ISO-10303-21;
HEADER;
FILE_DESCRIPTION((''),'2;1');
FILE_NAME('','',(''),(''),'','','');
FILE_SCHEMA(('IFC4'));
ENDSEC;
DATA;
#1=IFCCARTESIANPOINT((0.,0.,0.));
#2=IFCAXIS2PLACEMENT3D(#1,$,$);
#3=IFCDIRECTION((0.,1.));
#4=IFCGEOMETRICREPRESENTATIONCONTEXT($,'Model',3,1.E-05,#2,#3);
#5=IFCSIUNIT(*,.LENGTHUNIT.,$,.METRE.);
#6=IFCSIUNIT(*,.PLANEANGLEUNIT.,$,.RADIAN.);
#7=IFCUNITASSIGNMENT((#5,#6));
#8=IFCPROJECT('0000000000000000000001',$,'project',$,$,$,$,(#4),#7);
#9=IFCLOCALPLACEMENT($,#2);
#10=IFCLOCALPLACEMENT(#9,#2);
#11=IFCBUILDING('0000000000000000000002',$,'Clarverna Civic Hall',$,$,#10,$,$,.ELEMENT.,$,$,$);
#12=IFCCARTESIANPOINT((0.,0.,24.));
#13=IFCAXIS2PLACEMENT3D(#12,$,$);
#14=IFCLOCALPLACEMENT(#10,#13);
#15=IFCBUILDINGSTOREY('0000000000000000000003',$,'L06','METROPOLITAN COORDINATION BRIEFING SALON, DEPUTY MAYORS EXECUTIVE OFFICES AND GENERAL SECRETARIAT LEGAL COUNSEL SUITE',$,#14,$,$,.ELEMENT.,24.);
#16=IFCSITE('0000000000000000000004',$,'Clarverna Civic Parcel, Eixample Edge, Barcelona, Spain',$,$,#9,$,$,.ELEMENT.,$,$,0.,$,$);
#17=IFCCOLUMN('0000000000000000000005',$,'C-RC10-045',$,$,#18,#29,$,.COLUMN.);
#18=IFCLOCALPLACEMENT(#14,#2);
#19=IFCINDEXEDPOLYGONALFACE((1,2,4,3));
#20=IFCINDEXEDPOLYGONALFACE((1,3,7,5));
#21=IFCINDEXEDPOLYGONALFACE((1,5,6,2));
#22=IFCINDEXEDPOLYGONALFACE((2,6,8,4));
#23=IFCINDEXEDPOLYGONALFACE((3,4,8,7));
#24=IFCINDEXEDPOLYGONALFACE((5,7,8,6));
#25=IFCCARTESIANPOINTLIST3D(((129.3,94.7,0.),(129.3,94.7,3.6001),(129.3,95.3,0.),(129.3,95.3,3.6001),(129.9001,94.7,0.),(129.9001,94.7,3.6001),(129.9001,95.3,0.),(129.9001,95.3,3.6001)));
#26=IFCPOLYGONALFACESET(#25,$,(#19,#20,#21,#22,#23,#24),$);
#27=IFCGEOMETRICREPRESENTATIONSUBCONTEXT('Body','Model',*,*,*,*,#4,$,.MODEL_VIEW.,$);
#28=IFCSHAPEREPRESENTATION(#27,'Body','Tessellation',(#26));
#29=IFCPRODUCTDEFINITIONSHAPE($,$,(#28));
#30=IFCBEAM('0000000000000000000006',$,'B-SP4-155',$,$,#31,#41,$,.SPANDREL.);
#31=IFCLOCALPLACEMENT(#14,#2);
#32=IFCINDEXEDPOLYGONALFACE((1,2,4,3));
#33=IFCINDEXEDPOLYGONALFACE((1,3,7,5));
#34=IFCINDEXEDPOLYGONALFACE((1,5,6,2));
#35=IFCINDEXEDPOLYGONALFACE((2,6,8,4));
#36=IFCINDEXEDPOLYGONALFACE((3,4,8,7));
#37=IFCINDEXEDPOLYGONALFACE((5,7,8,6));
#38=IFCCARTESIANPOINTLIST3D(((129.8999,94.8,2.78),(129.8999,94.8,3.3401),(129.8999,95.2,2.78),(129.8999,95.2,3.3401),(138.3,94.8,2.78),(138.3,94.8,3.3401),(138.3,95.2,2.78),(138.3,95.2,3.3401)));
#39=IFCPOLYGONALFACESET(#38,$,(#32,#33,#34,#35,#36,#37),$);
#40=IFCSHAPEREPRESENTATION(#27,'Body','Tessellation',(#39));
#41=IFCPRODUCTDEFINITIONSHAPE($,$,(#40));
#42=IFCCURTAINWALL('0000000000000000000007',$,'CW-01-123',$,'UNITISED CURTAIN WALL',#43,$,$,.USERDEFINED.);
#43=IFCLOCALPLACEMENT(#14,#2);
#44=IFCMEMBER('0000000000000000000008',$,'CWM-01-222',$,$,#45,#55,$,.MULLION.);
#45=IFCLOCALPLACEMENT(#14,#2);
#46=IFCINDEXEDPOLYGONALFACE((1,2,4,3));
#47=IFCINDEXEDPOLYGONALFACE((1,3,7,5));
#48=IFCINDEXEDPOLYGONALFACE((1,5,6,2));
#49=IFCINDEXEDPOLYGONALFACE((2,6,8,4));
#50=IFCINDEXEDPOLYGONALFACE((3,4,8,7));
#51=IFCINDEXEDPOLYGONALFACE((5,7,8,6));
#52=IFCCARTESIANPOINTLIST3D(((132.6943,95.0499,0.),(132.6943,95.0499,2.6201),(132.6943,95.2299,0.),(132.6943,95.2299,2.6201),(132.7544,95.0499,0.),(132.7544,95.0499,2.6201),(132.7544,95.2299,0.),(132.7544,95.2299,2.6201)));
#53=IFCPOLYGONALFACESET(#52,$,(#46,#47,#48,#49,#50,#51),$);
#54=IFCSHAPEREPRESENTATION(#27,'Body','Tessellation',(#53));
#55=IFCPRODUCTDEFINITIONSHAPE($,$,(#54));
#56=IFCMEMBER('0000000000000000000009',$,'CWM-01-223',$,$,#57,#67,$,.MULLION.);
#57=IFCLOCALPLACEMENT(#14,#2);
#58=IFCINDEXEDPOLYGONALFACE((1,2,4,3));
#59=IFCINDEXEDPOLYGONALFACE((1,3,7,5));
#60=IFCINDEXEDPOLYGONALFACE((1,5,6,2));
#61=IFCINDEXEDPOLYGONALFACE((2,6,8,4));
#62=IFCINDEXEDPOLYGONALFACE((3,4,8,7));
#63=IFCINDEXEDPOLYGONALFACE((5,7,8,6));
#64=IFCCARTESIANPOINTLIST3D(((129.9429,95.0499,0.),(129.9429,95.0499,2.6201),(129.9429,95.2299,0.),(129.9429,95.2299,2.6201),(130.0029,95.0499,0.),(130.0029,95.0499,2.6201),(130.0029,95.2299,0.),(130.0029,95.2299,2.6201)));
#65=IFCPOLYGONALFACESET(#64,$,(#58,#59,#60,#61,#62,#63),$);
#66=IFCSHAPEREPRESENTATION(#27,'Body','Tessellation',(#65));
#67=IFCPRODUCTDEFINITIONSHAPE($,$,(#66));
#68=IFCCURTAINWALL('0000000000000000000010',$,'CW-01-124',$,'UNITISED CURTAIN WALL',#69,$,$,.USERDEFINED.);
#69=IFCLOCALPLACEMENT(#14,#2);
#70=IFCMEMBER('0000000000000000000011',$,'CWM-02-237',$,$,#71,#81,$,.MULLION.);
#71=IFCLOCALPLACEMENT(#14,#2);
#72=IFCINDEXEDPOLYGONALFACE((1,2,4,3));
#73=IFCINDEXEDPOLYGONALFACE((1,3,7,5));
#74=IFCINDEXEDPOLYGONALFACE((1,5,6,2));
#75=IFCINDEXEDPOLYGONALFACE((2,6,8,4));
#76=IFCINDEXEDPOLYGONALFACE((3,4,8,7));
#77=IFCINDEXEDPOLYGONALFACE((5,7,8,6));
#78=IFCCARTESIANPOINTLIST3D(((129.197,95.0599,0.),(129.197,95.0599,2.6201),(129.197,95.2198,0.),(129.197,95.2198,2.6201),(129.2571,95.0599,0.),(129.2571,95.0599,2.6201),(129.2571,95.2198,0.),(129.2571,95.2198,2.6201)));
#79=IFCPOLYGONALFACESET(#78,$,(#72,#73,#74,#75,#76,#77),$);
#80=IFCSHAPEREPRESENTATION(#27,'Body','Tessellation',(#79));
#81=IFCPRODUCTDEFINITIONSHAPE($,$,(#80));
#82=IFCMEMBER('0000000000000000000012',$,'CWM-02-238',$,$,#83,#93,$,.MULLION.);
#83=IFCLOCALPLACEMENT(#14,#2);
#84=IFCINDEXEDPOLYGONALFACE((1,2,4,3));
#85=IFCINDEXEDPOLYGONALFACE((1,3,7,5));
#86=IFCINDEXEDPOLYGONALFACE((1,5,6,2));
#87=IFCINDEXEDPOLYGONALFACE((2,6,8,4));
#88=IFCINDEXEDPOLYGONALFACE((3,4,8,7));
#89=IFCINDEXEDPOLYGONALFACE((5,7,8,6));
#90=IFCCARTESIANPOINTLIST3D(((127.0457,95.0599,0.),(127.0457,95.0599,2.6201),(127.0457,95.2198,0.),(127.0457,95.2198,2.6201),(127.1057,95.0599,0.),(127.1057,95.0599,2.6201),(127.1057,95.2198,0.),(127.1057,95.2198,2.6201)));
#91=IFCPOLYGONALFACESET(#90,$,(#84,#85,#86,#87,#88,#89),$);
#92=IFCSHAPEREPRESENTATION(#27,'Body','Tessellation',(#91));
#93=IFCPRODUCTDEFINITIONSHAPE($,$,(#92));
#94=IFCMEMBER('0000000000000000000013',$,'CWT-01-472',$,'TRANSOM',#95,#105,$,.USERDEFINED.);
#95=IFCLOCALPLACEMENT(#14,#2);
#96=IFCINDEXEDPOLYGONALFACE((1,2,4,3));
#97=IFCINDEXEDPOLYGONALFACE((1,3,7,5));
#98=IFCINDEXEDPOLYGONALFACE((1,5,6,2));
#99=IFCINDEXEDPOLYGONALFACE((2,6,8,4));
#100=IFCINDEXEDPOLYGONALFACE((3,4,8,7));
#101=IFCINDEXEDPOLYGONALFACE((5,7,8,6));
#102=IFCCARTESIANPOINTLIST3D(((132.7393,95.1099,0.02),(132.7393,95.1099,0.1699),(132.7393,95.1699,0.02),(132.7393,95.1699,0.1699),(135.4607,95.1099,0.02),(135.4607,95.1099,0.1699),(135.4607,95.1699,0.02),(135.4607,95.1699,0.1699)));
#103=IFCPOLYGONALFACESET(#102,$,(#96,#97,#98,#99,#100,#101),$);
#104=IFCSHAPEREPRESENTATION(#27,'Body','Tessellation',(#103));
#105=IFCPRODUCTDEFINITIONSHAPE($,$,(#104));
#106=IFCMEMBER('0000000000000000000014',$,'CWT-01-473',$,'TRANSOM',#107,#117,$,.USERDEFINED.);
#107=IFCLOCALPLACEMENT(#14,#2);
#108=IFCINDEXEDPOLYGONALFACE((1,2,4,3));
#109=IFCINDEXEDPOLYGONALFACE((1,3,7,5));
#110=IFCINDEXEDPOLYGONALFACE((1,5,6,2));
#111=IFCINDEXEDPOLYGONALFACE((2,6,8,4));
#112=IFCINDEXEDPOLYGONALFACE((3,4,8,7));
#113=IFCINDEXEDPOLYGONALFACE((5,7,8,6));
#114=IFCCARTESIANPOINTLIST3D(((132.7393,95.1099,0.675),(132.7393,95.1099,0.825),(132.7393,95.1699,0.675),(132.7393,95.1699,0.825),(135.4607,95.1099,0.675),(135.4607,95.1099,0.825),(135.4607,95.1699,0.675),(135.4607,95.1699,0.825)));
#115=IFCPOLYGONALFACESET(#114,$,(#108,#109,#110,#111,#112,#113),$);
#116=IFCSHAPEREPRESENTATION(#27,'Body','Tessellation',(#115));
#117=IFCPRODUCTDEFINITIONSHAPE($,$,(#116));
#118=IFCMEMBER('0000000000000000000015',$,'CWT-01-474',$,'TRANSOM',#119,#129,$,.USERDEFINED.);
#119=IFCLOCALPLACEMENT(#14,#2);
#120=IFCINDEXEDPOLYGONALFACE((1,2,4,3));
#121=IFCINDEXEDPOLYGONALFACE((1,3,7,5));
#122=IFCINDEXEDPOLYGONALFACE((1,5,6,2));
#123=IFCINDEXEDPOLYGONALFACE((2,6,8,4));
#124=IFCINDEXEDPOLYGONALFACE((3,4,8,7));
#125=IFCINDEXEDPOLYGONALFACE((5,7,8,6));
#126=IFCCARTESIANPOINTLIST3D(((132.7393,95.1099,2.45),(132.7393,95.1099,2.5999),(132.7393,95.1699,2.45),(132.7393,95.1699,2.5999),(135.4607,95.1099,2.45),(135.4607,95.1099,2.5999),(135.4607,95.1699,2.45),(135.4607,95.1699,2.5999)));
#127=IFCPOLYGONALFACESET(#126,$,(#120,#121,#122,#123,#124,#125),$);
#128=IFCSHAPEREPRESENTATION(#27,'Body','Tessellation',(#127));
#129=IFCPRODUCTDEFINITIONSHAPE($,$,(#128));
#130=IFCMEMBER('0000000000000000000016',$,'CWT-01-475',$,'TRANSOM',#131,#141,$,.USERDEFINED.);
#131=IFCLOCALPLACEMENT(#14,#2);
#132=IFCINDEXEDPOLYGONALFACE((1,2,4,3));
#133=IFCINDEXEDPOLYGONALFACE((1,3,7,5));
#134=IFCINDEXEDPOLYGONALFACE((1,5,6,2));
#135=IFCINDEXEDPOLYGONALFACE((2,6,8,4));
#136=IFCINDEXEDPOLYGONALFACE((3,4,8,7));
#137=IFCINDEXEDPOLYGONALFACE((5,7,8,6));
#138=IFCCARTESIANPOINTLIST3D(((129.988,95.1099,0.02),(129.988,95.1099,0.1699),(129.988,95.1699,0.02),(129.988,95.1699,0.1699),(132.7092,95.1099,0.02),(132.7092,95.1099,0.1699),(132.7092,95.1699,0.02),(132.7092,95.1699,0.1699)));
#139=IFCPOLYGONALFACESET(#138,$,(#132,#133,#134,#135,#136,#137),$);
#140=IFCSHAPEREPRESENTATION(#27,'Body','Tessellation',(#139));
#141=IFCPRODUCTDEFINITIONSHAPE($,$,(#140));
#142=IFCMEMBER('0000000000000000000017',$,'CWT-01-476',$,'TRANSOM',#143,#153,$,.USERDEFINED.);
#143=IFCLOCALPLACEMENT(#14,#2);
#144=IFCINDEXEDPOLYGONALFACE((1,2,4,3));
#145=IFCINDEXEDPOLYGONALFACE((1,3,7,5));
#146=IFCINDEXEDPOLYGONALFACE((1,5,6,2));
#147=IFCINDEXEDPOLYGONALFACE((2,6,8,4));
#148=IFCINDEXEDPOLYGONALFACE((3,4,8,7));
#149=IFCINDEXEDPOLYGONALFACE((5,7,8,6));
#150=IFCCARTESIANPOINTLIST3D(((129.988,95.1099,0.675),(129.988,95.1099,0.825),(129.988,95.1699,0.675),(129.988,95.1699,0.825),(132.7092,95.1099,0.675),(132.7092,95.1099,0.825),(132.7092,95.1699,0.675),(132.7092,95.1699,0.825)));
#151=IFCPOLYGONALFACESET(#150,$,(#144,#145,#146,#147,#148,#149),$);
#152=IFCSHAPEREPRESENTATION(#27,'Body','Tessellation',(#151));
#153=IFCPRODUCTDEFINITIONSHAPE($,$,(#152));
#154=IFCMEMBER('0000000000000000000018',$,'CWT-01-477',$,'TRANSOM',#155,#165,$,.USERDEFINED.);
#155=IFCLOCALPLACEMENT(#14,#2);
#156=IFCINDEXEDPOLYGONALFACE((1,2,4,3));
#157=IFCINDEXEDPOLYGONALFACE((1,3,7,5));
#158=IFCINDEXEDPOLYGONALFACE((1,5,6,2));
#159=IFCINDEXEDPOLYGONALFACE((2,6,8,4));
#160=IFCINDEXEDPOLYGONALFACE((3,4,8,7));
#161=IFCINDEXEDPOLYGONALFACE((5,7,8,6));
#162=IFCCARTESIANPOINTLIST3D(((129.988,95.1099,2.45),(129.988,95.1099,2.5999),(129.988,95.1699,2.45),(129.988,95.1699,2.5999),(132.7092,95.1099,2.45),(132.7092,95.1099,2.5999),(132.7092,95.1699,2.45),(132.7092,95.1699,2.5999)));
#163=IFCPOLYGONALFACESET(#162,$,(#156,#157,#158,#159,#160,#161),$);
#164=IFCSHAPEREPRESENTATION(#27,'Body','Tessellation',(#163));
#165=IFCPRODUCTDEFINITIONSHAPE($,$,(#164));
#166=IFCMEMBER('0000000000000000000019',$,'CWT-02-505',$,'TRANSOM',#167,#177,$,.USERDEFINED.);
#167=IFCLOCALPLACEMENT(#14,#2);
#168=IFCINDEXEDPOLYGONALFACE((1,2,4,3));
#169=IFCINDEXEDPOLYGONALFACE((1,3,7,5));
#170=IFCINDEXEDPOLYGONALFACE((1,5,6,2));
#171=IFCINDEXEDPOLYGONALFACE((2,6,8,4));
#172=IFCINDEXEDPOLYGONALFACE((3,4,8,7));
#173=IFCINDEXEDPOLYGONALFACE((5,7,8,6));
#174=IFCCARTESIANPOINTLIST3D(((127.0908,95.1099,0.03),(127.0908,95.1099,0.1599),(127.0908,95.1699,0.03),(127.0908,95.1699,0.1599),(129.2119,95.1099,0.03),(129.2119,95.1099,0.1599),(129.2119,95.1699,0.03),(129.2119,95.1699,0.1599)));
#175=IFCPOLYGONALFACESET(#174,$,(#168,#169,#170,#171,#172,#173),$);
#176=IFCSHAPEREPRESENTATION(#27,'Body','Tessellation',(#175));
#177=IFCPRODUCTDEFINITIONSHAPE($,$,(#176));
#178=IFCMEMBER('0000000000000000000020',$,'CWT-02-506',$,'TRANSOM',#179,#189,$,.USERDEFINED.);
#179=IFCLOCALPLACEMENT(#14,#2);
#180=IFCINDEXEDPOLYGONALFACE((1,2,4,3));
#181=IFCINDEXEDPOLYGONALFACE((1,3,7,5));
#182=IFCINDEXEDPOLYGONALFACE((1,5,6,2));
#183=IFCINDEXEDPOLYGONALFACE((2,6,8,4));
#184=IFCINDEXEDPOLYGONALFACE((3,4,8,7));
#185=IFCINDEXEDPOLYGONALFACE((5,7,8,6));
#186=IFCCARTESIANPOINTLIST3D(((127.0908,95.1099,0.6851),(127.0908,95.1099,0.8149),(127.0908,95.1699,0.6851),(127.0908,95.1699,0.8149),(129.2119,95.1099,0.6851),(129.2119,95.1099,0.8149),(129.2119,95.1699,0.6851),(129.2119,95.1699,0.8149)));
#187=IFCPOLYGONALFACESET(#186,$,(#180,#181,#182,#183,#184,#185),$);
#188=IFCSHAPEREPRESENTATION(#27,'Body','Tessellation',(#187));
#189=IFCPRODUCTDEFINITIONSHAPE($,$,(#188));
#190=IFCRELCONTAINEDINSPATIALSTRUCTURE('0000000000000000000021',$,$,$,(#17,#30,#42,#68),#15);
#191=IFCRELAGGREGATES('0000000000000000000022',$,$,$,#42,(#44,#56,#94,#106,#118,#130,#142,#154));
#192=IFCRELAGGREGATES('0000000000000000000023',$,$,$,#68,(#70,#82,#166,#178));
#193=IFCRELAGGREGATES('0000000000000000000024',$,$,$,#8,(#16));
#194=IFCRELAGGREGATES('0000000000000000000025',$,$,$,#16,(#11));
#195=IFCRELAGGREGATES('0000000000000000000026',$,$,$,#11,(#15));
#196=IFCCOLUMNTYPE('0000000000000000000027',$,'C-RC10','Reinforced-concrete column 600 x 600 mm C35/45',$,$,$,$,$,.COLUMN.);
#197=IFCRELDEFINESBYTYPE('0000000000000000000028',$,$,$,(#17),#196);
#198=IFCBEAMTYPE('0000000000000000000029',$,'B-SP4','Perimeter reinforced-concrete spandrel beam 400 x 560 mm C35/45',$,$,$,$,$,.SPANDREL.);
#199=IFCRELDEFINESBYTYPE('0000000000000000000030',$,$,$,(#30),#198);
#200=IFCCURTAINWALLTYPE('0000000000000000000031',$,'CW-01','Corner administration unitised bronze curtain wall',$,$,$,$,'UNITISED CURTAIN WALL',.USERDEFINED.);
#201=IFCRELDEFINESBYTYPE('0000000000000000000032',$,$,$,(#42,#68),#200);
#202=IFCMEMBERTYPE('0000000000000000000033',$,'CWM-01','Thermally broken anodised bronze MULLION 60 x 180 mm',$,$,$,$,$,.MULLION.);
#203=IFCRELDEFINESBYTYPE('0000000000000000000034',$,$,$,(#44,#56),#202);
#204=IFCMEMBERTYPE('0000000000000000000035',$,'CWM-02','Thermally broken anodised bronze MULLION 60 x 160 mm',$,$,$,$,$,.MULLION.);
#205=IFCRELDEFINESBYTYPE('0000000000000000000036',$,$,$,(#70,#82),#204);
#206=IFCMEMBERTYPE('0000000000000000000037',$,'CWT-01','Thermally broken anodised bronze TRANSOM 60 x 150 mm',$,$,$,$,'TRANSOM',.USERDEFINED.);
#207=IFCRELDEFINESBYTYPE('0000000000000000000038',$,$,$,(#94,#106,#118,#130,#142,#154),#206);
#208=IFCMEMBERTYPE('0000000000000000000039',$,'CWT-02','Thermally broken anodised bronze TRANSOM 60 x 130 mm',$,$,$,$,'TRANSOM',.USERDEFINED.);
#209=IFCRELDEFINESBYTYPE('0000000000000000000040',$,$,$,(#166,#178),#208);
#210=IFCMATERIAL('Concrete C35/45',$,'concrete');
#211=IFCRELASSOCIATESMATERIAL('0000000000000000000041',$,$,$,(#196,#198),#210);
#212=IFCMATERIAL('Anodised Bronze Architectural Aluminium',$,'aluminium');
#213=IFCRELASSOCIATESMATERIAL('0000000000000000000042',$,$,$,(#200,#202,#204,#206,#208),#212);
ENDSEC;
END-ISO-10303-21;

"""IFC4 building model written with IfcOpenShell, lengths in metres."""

from ifc_helpers import new_model, si_unit, direction, frame, origin, origin_2d, place, context, subcontext, project, spatial, rectangle, extrude, material, material_profile, profile_set, type_object, element, aggregate, save


model = new_model("IFC4")

# Units and contexts
model_context = context("Model", 3, precision=1e-05, world=origin(), true_north=direction((0.0, 1.0)))
body_context = subcontext(model_context, "Body", "Model", "MODEL_VIEW")
ifc_project = project(units=[si_unit("LENGTHUNIT", "METRE"), si_unit("PLANEANGLEUNIT", "RADIAN")], contexts=[model_context])

# Site, building, storey
site_placement = place(None, origin())
site = spatial("IfcSite", under=ifc_project, at=site_placement, Name="Clarverna Civic Parcel, Eixample Edge, Barcelona, Spain", CompositionType="ELEMENT", RefElevation=0.0)
building_placement = place(site_placement, origin())
building = spatial("IfcBuilding", under=site, at=building_placement, Name="Clarverna Civic Hall", CompositionType="ELEMENT")
storey_placement = place(building_placement, frame((0.0, 0.0, 24.0)))
storey = spatial("IfcBuildingStorey", under=building, at=storey_placement, Name="L06", Description="METROPOLITAN COORDINATION BRIEFING SALON, DEPUTY MAYORS EXECUTIVE OFFICES AND GENERAL SECRETARIAT LEGAL COUNSEL SUITE", CompositionType="ELEMENT", Elevation=24.0)

# Column
ifc_material_1 = material(Name="Concrete C35/45", Category="concrete")
ifc_material_profile_1 = material_profile(ifc_material_1, rectangle(XDim=0.6001, YDim=0.6001, at=origin_2d()), Name="RC 600x600")
ifc_profile_set_1 = profile_set([ifc_material_profile_1], Name="Concrete C35/45")
column_type = type_object("IfcColumnType", Name="C-RC10", Description="Reinforced-concrete column 600 x 600 mm C35/45", PredefinedType="COLUMN", material=ifc_profile_set_1)
column_placement = place(storey_placement, frame((129.6001, 95.0, 0.0), z_axis=(0.0, 0.0, 1.0), x_axis=(1.0, 0.0, 0.0)))
element("IfcColumn", 1, at=column_placement, inside=storey, type_object=column_type, Name="C-RC10-045", PredefinedType="COLUMN", context=body_context, shape_type="SweptSolid", body=[
    extrude(rectangle(XDim=0.6001, YDim=0.6001, at=origin_2d()), origin(), (0.0, 0.0, 1.0), 3.6001),
])

# Beam
ifc_material_profile_2 = material_profile(ifc_material_1, rectangle(XDim=0.3999, YDim=0.5601, at=origin_2d()), Name="RC 400x560")
ifc_profile_set_2 = profile_set([ifc_material_profile_2], Name="Concrete C35/45")
beam_type = type_object("IfcBeamType", Name="B-SP4", Description="Perimeter reinforced-concrete spandrel beam 400 x 560 mm C35/45", PredefinedType="SPANDREL", material=ifc_profile_set_2)
beam_placement = place(storey_placement, frame((129.8999, 95.0, 3.0601), z_axis=(1.0, 0.0, 0.0), x_axis=(0.0, 1.0, 0.0)))
element("IfcBeam", 2, at=beam_placement, inside=storey, type_object=beam_type, Name="B-SP4-155", PredefinedType="SPANDREL", context=body_context, shape_type="SweptSolid", body=[
    extrude(rectangle(XDim=0.3999, YDim=0.5601, at=origin_2d()), origin(), (0.0, 0.0, 1.0), 8.4001),
])

# Curtain walls, members
ifc_material_2 = material(Name="Anodised Bronze Architectural Aluminium", Category="aluminium")
curtain_wall_type = type_object("IfcCurtainWallType", Name="CW-01", Description="Corner administration unitised bronze curtain wall", ElementType="UNITISED CURTAIN WALL", PredefinedType="USERDEFINED", material=ifc_material_2)
curtain_wall_1_placement = place(storey_placement, origin())
curtain_wall_1 = element("IfcCurtainWall", 3, at=curtain_wall_1_placement, inside=storey, type_object=curtain_wall_type, Name="CW-01-123", ObjectType="UNITISED CURTAIN WALL", PredefinedType="USERDEFINED")
ifc_material_profile_3 = material_profile(ifc_material_2, rectangle(XDim=0.0601, YDim=0.1799, at=origin_2d()), Name="BRONZE 60x180")
ifc_profile_set_3 = profile_set([ifc_material_profile_3], Name="Anodised Bronze Architectural Aluminium")
member_type_1 = type_object("IfcMemberType", Name="CWM-01", Description="Thermally broken anodised bronze MULLION 60 x 180 mm", PredefinedType="MULLION", material=ifc_profile_set_3)
member_1_placement = place(storey_placement, frame((132.7244, 95.1399, 0.0), z_axis=(0.0, 0.0, 1.0), x_axis=(1.0, 0.0, 0.0)))
member_1 = element("IfcMember", 4, at=member_1_placement, type_object=member_type_1, Name="CWM-01-222", PredefinedType="MULLION", context=body_context, shape_type="SweptSolid", body=[
    extrude(rectangle(XDim=0.0601, YDim=0.1799, at=origin_2d()), origin(), (0.0, 0.0, 1.0), 2.6201),
])
member_2_placement = place(storey_placement, frame((129.9729, 95.1399, 0.0), z_axis=(0.0, 0.0, 1.0), x_axis=(1.0, 0.0, 0.0)))
member_2 = element("IfcMember", 5, at=member_2_placement, type_object=member_type_1, Name="CWM-01-223", PredefinedType="MULLION", context=body_context, shape_type="SweptSolid", body=[
    extrude(rectangle(XDim=0.0601, YDim=0.1799, at=origin_2d()), origin(), (0.0, 0.0, 1.0), 2.6201),
])
curtain_wall_2_placement = place(storey_placement, origin())
curtain_wall_2 = element("IfcCurtainWall", 6, at=curtain_wall_2_placement, inside=storey, type_object=curtain_wall_type, Name="CW-01-124", ObjectType="UNITISED CURTAIN WALL", PredefinedType="USERDEFINED")
ifc_material_profile_4 = material_profile(ifc_material_2, rectangle(XDim=0.0601, YDim=0.1599, at=origin_2d()), Name="BRONZE 60x160")
ifc_profile_set_4 = profile_set([ifc_material_profile_4], Name="Anodised Bronze Architectural Aluminium")
member_type_2 = type_object("IfcMemberType", Name="CWM-02", Description="Thermally broken anodised bronze MULLION 60 x 160 mm", PredefinedType="MULLION", material=ifc_profile_set_4)
member_3_placement = place(storey_placement, frame((129.2271, 95.1399, 0.0), z_axis=(0.0, 0.0, 1.0), x_axis=(1.0, 0.0, 0.0)))
member_3 = element("IfcMember", 7, at=member_3_placement, type_object=member_type_2, Name="CWM-02-237", PredefinedType="MULLION", context=body_context, shape_type="SweptSolid", body=[
    extrude(rectangle(XDim=0.0601, YDim=0.1599, at=origin_2d()), origin(), (0.0, 0.0, 1.0), 2.6201),
])
member_4_placement = place(storey_placement, frame((127.0757, 95.1399, 0.0), z_axis=(0.0, 0.0, 1.0), x_axis=(1.0, 0.0, 0.0)))
member_4 = element("IfcMember", 8, at=member_4_placement, type_object=member_type_2, Name="CWM-02-238", PredefinedType="MULLION", context=body_context, shape_type="SweptSolid", body=[
    extrude(rectangle(XDim=0.0601, YDim=0.1599, at=origin_2d()), origin(), (0.0, 0.0, 1.0), 2.6201),
])

# Members
ifc_material_profile_5 = material_profile(ifc_material_2, rectangle(XDim=0.0601, YDim=0.1499, at=origin_2d()), Name="BRONZE 60x150")
ifc_profile_set_5 = profile_set([ifc_material_profile_5], Name="Anodised Bronze Architectural Aluminium")
member_type_3 = type_object("IfcMemberType", Name="CWT-01", Description="Thermally broken anodised bronze TRANSOM 60 x 150 mm", ElementType="TRANSOM", PredefinedType="USERDEFINED", material=ifc_profile_set_5)
member_5_placement = place(storey_placement, frame((135.4607, 95.1399, 0.095), z_axis=(-1.0, 0.0, 0.0), x_axis=(0.0, -1.0, 0.0)))
member_5 = element("IfcMember", 9, at=member_5_placement, type_object=member_type_3, Name="CWT-01-472", ObjectType="TRANSOM", PredefinedType="USERDEFINED", context=body_context, shape_type="SweptSolid", body=[
    extrude(rectangle(XDim=0.0601, YDim=0.1499, at=origin_2d()), origin(), (0.0, 0.0, 1.0), 2.7214),
])
member_6_placement = place(storey_placement, frame((135.4607, 95.1399, 0.75), z_axis=(-1.0, 0.0, 0.0), x_axis=(0.0, -1.0, 0.0)))
member_6 = element("IfcMember", 10, at=member_6_placement, type_object=member_type_3, Name="CWT-01-473", ObjectType="TRANSOM", PredefinedType="USERDEFINED", context=body_context, shape_type="SweptSolid", body=[
    extrude(rectangle(XDim=0.0601, YDim=0.1499, at=origin_2d()), origin(), (0.0, 0.0, 1.0), 2.7214),
])
member_7_placement = place(storey_placement, frame((135.4607, 95.1399, 2.5249), z_axis=(-1.0, 0.0, 0.0), x_axis=(0.0, -1.0, 0.0)))
member_7 = element("IfcMember", 11, at=member_7_placement, type_object=member_type_3, Name="CWT-01-474", ObjectType="TRANSOM", PredefinedType="USERDEFINED", context=body_context, shape_type="SweptSolid", body=[
    extrude(rectangle(XDim=0.0601, YDim=0.1499, at=origin_2d()), origin(), (0.0, 0.0, 1.0), 2.7214),
])
member_8_placement = place(storey_placement, frame((132.7092, 95.1399, 0.095), z_axis=(-1.0, 0.0, 0.0), x_axis=(0.0, -1.0, 0.0)))
member_8 = element("IfcMember", 12, at=member_8_placement, type_object=member_type_3, Name="CWT-01-475", ObjectType="TRANSOM", PredefinedType="USERDEFINED", context=body_context, shape_type="SweptSolid", body=[
    extrude(rectangle(XDim=0.0601, YDim=0.1499, at=origin_2d()), origin(), (0.0, 0.0, 1.0), 2.7212),
])
member_9_placement = place(storey_placement, frame((132.7092, 95.1399, 0.75), z_axis=(-1.0, 0.0, 0.0), x_axis=(0.0, -1.0, 0.0)))
member_9 = element("IfcMember", 13, at=member_9_placement, type_object=member_type_3, Name="CWT-01-476", ObjectType="TRANSOM", PredefinedType="USERDEFINED", context=body_context, shape_type="SweptSolid", body=[
    extrude(rectangle(XDim=0.0601, YDim=0.1499, at=origin_2d()), origin(), (0.0, 0.0, 1.0), 2.7212),
])
member_10_placement = place(storey_placement, frame((132.7092, 95.1399, 2.5249), z_axis=(-1.0, 0.0, 0.0), x_axis=(0.0, -1.0, 0.0)))
member_10 = element("IfcMember", 14, at=member_10_placement, type_object=member_type_3, Name="CWT-01-477", ObjectType="TRANSOM", PredefinedType="USERDEFINED", context=body_context, shape_type="SweptSolid", body=[
    extrude(rectangle(XDim=0.0601, YDim=0.1499, at=origin_2d()), origin(), (0.0, 0.0, 1.0), 2.7212),
])
ifc_material_profile_6 = material_profile(ifc_material_2, rectangle(XDim=0.0601, YDim=0.1299, at=origin_2d()), Name="BRONZE 60x130")
ifc_profile_set_6 = profile_set([ifc_material_profile_6], Name="Anodised Bronze Architectural Aluminium")
member_type_4 = type_object("IfcMemberType", Name="CWT-02", Description="Thermally broken anodised bronze TRANSOM 60 x 130 mm", ElementType="TRANSOM", PredefinedType="USERDEFINED", material=ifc_profile_set_6)
member_11_placement = place(storey_placement, frame((129.2119, 95.1399, 0.095), z_axis=(-1.0, 0.0, 0.0), x_axis=(0.0, -1.0, 0.0)))
member_11 = element("IfcMember", 15, at=member_11_placement, type_object=member_type_4, Name="CWT-02-505", ObjectType="TRANSOM", PredefinedType="USERDEFINED", context=body_context, shape_type="SweptSolid", body=[
    extrude(rectangle(XDim=0.0601, YDim=0.1299, at=origin_2d()), origin(), (0.0, 0.0, 1.0), 2.1211),
])
member_12_placement = place(storey_placement, frame((129.2119, 95.1399, 0.75), z_axis=(-1.0, 0.0, 0.0), x_axis=(0.0, -1.0, 0.0)))
member_12 = element("IfcMember", 16, at=member_12_placement, type_object=member_type_4, Name="CWT-02-506", ObjectType="TRANSOM", PredefinedType="USERDEFINED", context=body_context, shape_type="SweptSolid", body=[
    extrude(rectangle(XDim=0.0601, YDim=0.1299, at=origin_2d()), origin(), (0.0, 0.0, 1.0), 2.1211),
])

aggregate(curtain_wall_1, [member_1, member_2, member_5, member_6, member_7, member_8, member_9, member_10])
aggregate(curtain_wall_2, [member_3, member_4, member_11, member_12])

save(model, "model.ifc")
